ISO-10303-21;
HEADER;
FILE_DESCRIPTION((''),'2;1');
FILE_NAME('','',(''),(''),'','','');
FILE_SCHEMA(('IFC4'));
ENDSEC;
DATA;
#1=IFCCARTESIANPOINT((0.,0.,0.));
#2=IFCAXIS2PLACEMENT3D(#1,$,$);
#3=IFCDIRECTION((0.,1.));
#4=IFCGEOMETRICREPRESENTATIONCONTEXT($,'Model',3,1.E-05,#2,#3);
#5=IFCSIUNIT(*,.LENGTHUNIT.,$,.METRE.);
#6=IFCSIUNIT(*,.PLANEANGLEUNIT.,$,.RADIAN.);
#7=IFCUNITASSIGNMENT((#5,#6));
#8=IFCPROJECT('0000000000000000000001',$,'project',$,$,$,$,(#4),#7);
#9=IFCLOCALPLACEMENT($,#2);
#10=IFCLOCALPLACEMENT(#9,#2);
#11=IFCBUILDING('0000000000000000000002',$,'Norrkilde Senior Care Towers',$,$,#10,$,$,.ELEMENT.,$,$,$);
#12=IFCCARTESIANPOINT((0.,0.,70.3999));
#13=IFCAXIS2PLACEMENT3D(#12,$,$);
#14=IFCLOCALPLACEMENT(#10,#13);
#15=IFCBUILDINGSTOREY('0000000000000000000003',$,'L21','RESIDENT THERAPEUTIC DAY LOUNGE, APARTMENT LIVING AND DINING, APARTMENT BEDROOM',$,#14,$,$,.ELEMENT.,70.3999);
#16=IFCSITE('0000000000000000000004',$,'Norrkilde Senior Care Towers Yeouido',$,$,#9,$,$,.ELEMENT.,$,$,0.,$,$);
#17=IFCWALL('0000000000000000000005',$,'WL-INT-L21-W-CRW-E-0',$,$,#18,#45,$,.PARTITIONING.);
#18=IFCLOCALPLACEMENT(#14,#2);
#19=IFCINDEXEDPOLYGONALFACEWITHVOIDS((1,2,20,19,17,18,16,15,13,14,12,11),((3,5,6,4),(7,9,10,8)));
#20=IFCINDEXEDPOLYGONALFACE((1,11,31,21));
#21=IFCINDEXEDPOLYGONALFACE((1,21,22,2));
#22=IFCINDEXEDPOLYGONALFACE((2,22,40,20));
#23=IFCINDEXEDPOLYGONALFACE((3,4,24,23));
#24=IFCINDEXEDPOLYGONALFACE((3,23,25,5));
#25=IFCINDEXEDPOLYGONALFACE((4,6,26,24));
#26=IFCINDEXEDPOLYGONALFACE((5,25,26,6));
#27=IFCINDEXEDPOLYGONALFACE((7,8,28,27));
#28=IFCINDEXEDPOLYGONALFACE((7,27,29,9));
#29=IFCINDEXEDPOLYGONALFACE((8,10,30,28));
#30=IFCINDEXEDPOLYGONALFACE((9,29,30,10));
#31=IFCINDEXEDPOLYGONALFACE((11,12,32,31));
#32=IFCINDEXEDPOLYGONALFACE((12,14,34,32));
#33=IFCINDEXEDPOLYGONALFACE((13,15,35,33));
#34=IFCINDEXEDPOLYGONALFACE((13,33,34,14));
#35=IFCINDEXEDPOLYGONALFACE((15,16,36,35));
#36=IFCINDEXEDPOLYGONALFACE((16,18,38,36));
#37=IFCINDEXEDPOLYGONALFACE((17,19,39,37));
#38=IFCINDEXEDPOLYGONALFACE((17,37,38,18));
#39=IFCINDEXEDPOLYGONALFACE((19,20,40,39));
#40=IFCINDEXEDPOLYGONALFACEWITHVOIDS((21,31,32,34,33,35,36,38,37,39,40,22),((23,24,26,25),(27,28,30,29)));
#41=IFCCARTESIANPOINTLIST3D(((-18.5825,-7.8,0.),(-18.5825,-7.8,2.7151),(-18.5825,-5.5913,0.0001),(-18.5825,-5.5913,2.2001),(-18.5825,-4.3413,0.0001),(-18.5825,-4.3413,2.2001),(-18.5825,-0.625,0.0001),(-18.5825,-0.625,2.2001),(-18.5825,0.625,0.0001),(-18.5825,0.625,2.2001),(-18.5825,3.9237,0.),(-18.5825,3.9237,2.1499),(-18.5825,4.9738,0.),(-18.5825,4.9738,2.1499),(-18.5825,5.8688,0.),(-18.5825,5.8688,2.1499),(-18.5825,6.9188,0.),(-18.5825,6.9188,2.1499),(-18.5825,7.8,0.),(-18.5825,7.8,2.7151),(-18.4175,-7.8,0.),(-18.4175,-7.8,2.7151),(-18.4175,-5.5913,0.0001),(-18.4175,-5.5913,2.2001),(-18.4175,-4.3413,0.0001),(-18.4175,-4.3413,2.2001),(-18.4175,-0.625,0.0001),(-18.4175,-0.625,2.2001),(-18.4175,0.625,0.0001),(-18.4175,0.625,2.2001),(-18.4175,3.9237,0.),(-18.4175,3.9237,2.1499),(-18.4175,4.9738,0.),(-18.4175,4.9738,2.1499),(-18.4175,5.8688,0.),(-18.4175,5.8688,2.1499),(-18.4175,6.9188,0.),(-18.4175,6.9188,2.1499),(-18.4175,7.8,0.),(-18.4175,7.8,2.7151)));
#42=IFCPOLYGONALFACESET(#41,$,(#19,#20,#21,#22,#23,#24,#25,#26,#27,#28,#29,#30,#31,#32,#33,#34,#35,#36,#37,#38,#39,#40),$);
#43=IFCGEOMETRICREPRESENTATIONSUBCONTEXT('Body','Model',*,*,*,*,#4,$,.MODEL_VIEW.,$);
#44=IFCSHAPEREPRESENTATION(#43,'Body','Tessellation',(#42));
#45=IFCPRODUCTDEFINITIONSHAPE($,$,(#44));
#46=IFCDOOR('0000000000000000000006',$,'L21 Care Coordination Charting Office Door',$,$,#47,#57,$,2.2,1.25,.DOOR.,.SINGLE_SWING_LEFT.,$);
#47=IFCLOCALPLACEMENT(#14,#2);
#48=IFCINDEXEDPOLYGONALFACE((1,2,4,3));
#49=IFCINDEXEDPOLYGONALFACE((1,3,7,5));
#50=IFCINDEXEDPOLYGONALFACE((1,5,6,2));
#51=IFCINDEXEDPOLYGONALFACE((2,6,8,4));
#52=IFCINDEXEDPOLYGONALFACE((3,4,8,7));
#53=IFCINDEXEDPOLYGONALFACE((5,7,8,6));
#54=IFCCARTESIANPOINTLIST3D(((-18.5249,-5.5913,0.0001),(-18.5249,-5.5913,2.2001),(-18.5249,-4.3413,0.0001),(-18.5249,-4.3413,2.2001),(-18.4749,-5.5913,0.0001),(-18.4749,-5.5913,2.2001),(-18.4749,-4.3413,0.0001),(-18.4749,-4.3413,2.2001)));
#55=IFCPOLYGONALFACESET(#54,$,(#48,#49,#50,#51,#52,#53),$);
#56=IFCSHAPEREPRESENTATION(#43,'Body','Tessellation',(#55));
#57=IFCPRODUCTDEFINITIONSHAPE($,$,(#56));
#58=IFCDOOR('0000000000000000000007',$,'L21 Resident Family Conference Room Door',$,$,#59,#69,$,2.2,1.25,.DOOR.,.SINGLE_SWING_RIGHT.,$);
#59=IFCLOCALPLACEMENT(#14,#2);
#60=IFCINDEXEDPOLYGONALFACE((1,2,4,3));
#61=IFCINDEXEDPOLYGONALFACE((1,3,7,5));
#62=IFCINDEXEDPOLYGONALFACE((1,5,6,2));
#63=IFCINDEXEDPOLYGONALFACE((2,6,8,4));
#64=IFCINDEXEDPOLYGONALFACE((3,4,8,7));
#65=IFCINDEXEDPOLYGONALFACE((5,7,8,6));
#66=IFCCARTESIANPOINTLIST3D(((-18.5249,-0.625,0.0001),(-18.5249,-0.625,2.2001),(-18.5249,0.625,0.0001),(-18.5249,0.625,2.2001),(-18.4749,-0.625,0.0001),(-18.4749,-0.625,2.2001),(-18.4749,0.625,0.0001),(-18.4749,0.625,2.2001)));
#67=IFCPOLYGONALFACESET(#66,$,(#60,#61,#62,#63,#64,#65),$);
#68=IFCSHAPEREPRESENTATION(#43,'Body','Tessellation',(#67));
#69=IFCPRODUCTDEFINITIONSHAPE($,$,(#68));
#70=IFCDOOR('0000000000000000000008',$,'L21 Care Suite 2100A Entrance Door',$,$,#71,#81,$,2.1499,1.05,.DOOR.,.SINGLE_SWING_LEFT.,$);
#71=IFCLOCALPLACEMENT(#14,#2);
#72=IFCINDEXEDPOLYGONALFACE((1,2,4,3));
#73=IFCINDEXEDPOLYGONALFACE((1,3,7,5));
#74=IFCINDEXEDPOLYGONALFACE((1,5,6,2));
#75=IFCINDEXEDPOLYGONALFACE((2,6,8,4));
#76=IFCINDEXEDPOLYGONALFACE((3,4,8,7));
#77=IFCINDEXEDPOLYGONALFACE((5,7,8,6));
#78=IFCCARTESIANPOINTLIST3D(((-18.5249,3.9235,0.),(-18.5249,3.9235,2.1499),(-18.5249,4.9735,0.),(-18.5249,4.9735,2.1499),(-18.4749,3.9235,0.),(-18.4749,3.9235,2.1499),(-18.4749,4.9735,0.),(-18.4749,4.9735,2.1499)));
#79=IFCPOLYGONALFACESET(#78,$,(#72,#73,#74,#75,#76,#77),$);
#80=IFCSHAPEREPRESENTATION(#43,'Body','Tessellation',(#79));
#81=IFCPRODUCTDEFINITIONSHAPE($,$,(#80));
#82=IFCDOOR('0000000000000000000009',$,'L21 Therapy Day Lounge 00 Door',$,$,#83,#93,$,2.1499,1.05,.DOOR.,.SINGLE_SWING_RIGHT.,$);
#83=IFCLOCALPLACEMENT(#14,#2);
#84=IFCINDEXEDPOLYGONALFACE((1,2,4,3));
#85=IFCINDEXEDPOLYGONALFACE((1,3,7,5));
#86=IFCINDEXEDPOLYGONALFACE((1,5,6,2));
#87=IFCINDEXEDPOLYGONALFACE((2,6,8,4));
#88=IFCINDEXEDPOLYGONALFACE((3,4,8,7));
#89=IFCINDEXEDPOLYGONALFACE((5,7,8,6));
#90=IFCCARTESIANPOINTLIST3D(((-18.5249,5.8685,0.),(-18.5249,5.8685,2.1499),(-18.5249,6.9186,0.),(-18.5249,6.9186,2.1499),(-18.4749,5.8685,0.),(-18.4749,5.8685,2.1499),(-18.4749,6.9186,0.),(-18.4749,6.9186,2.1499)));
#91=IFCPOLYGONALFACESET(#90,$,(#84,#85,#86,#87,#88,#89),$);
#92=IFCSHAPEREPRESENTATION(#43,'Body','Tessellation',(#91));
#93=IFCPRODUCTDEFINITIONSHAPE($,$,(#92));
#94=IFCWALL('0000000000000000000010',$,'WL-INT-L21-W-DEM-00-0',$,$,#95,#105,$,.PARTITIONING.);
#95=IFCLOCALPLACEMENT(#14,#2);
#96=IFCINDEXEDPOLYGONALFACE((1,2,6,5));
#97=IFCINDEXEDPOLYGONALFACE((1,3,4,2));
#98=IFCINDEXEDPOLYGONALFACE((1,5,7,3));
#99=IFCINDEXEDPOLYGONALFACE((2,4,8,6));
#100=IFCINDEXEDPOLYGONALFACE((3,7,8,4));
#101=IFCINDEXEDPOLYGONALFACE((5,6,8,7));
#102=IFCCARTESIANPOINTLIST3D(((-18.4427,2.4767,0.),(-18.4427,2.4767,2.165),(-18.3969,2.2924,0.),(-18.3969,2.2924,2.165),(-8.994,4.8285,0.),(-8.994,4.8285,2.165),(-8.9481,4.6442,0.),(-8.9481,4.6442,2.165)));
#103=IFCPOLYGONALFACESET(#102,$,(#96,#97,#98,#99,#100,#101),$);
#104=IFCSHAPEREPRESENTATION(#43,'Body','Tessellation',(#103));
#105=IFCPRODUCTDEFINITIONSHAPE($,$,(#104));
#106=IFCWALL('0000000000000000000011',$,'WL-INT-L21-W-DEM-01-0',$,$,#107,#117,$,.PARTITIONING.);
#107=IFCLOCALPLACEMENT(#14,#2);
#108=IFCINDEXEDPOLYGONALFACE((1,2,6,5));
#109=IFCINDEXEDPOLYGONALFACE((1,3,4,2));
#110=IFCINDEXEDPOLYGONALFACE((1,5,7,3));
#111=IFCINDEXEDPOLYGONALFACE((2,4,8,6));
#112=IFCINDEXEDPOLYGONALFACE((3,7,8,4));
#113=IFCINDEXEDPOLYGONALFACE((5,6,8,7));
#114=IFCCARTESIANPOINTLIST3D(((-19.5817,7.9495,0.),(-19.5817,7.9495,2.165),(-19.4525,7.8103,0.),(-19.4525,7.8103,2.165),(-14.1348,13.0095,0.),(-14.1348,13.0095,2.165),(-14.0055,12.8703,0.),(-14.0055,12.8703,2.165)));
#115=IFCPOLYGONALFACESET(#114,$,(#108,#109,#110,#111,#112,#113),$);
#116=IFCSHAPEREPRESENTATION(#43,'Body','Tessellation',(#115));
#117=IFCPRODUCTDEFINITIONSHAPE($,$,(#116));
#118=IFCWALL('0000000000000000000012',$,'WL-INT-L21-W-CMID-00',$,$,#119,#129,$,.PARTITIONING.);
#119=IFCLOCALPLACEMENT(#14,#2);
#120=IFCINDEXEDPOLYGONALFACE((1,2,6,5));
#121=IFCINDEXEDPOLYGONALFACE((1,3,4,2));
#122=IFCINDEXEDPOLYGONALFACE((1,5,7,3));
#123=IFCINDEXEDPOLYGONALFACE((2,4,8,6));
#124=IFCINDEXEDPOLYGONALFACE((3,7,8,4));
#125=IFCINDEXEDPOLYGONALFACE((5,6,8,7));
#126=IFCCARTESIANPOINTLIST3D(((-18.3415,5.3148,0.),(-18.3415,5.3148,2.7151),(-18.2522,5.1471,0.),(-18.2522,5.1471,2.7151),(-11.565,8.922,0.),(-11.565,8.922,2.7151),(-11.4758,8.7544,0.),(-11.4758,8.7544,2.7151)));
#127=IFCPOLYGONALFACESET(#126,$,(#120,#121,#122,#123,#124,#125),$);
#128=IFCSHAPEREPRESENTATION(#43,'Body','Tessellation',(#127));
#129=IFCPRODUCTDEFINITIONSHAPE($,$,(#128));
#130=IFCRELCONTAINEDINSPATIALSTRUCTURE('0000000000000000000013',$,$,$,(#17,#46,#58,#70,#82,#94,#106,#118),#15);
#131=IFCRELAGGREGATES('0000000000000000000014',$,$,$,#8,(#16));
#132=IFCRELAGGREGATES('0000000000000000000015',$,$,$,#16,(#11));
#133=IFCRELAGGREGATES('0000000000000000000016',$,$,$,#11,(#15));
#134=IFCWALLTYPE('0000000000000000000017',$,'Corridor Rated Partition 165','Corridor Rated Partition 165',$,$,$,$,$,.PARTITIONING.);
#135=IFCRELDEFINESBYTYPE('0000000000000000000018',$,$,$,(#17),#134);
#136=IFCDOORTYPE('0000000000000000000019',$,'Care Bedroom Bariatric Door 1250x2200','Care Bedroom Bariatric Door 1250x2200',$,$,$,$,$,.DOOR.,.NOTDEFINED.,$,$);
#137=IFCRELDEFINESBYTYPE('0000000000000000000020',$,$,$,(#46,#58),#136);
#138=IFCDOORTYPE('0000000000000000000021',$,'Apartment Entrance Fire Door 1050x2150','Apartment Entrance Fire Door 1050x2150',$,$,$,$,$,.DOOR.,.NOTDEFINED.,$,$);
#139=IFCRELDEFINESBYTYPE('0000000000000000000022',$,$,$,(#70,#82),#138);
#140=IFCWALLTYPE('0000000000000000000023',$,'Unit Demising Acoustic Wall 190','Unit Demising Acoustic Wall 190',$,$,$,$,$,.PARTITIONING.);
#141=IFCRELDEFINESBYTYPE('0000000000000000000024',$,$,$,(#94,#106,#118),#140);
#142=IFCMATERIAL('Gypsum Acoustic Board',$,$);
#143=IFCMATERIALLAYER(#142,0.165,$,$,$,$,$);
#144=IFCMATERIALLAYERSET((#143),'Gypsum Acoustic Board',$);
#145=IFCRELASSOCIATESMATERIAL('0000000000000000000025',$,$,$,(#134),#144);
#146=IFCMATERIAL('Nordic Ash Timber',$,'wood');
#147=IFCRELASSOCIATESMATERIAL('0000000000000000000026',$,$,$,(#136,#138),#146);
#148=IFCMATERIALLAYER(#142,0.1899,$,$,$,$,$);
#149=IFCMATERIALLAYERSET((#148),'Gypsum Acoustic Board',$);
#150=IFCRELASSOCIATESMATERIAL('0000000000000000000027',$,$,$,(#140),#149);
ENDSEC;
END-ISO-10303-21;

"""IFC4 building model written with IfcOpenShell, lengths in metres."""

from ifc_helpers import new_model, si_unit, direction, frame, frame_2d, origin, place, context, subcontext, project, spatial, rectangle, extrude, source, transform, mapped, material, layer, layer_set, type_object, type_shapes, element, fill, save


model = new_model("IFC4")

# Units and contexts
model_context = context("Model", 3, precision=1e-05, world=origin(), true_north=direction((0.0, 1.0)))
body_context = subcontext(model_context, "Body", "Model", "MODEL_VIEW")
ifc_project = project(units=[si_unit("LENGTHUNIT", "METRE"), si_unit("PLANEANGLEUNIT", "RADIAN")], contexts=[model_context])

# Site, building, storey
site_placement = place(None, origin())
site = spatial("IfcSite", under=ifc_project, at=site_placement, Name="Norrkilde Senior Care Towers Yeouido", CompositionType="ELEMENT", RefElevation=0.0)
building_placement = place(site_placement, origin())
building = spatial("IfcBuilding", under=site, at=building_placement, Name="Norrkilde Senior Care Towers", CompositionType="ELEMENT")
storey_placement = place(building_placement, frame((0.0, 0.0, 70.3999)))
storey = spatial("IfcBuildingStorey", under=building, at=storey_placement, Name="L21", Description="RESIDENT THERAPEUTIC DAY LOUNGE, APARTMENT LIVING AND DINING, APARTMENT BEDROOM", CompositionType="ELEMENT", Elevation=70.3999)

# Wall, openings, doors
ifc_material_1 = material(Name="Gypsum Acoustic Board")
ifc_layer_1 = layer(ifc_material_1, 0.165)
ifc_layer_set_1 = layer_set([ifc_layer_1], Name="Gypsum Acoustic Board")
wall_type_1 = type_object("IfcWallType", Name="Corridor Rated Partition 165", Description="Corridor Rated Partition 165", PredefinedType="PARTITIONING", material=ifc_layer_set_1)
shared_shape_1 = source(origin(), body_context, "Body", "SweptSolid", [
    extrude(rectangle(XDim=15.6001, YDim=0.165, at=frame_2d((7.8, 0.0))), origin(), (0.0, 0.0, 1.0), 2.7151),
])
type_shapes(wall_type_1, [shared_shape_1])
wall_1_placement = place(storey_placement, frame((-18.5, 7.8, 0.0), z_axis=(0.0, 0.0, 1.0), x_axis=(0.0, -1.0, 0.0)))
wall_1 = element("IfcWall", 1, at=wall_1_placement, inside=storey, type_object=wall_type_1, Name="WL-INT-L21-W-CRW-E-0", PredefinedType="PARTITIONING", context=body_context, shape_type="MappedRepresentation", body=[
    mapped(shared_shape_1, transform((0.0, 0.0, 0.0), x_axis=(1.0, 0.0, 0.0), y_axis=(0.0, 1.0, 0.0), z_axis=(0.0, 0.0, 1.0), scale=1.0)),
])
opening_1_placement = place(wall_1_placement, frame((12.1414, 0.0, 0.0)))
opening_1 = element("IfcOpeningElement", 2, at=opening_1_placement, cuts=wall_1, PredefinedType="OPENING", context=body_context, shape_type="SweptSolid", body=[
    extrude(rectangle(XDim=1.25, YDim=2.2, at=frame_2d((0.625, 1.1001))), frame((0.0, 0.0925, 0.0), z_axis=(0.0, -1.0, 0.0), x_axis=(1.0, 0.0, 0.0)), (0.0, 0.0, 1.0), 0.1851),
])
opening_2_placement = place(wall_1_placement, frame((7.175, 0.0, 0.0)))
opening_2 = element("IfcOpeningElement", 3, at=opening_2_placement, cuts=wall_1, PredefinedType="OPENING", context=body_context, shape_type="SweptSolid", body=[
    extrude(rectangle(XDim=1.25, YDim=2.2, at=frame_2d((0.625, 1.1001))), frame((0.0, 0.0925, 0.0), z_axis=(0.0, -1.0, 0.0), x_axis=(1.0, 0.0, 0.0)), (0.0, 0.0, 1.0), 0.1851),
])
opening_3_placement = place(wall_1_placement, frame((2.8264, 0.0, 0.0)))
opening_3 = element("IfcOpeningElement", 4, at=opening_3_placement, cuts=wall_1, PredefinedType="OPENING", context=body_context, shape_type="SweptSolid", body=[
    extrude(rectangle(XDim=1.05, YDim=2.1499, at=frame_2d((0.5249, 1.075))), frame((0.0, 0.0925, 0.0), z_axis=(0.0, -1.0, 0.0), x_axis=(1.0, 0.0, 0.0)), (0.0, 0.0, 1.0), 0.1851),
])
opening_4_placement = place(wall_1_placement, frame((0.8813, 0.0, 0.0)))
opening_4 = element("IfcOpeningElement", 5, at=opening_4_placement, cuts=wall_1, PredefinedType="OPENING", context=body_context, shape_type="SweptSolid", body=[
    extrude(rectangle(XDim=1.05, YDim=2.1499, at=frame_2d((0.5249, 1.075))), frame((0.0, 0.0925, 0.0), z_axis=(0.0, -1.0, 0.0), x_axis=(1.0, 0.0, 0.0)), (0.0, 0.0, 1.0), 0.1851),
])
ifc_material_2 = material(Name="Nordic Ash Timber", Category="wood")
door_type_1 = type_object("IfcDoorType", Name="Care Bedroom Bariatric Door 1250x2200", Description="Care Bedroom Bariatric Door 1250x2200", OperationType="NOTDEFINED", PredefinedType="DOOR", material=ifc_material_2)
shared_shape_2 = source(origin(), body_context, "Body", "SweptSolid", [
    extrude(rectangle(XDim=1.25, YDim=2.2, at=frame_2d((0.625, 1.1001))), frame((0.0, 0.0249, 0.0), z_axis=(0.0, -1.0, 0.0), x_axis=(1.0, 0.0, 0.0)), (0.0, 0.0, 1.0), 0.05),
])
type_shapes(door_type_1, [shared_shape_2])
door_1_placement = place(opening_1_placement, frame((1.25, 0.0, 0.0), z_axis=(0.0, 0.0, 1.0), x_axis=(-1.0, 0.0, 0.0)))
door_1 = element("IfcDoor", 6, at=door_1_placement, inside=storey, type_object=door_type_1, Name="L21 Care Coordination Charting Office Door", OperationType="SINGLE_SWING_LEFT", OverallHeight=2.2, OverallWidth=1.25, PredefinedType="DOOR", context=body_context, shape_type="MappedRepresentation", body=[
    mapped(shared_shape_2, transform((0.0, 0.0, 0.0), x_axis=(1.0, 0.0, 0.0), y_axis=(0.0, 1.0, 0.0), z_axis=(0.0, 0.0, 1.0), scale=1.0)),
])
fill(opening_1, door_1)
door_2_placement = place(opening_2_placement, frame((1.25, 0.0, 0.0), z_axis=(0.0, 0.0, 1.0), x_axis=(-1.0, 0.0, 0.0)))
door_2 = element("IfcDoor", 7, at=door_2_placement, inside=storey, type_object=door_type_1, Name="L21 Resident Family Conference Room Door", OperationType="SINGLE_SWING_RIGHT", OverallHeight=2.2, OverallWidth=1.25, PredefinedType="DOOR", context=body_context, shape_type="MappedRepresentation", body=[
    mapped(shared_shape_2, transform((0.0, 0.0, 0.0), x_axis=(1.0, 0.0, 0.0), y_axis=(0.0, 1.0, 0.0), z_axis=(0.0, 0.0, 1.0), scale=1.0)),
])
fill(opening_2, door_2)
door_type_2 = type_object("IfcDoorType", Name="Apartment Entrance Fire Door 1050x2150", Description="Apartment Entrance Fire Door 1050x2150", OperationType="NOTDEFINED", PredefinedType="DOOR", material=ifc_material_2)
shared_shape_3 = source(origin(), body_context, "Body", "SweptSolid", [
    extrude(rectangle(XDim=1.05, YDim=2.1499, at=frame_2d((0.5249, 1.075))), frame((0.0, 0.0249, 0.0), z_axis=(0.0, -1.0, 0.0), x_axis=(1.0, 0.0, 0.0)), (0.0, 0.0, 1.0), 0.05),
])
type_shapes(door_type_2, [shared_shape_3])
door_3_placement = place(opening_3_placement, frame((1.05, 0.0, 0.0), z_axis=(0.0, 0.0, 1.0), x_axis=(-1.0, 0.0, 0.0)))
door_3 = element("IfcDoor", 8, at=door_3_placement, inside=storey, type_object=door_type_2, Name="L21 Care Suite 2100A Entrance Door", OperationType="SINGLE_SWING_LEFT", OverallHeight=2.1499, OverallWidth=1.05, PredefinedType="DOOR", context=body_context, shape_type="MappedRepresentation", body=[
    mapped(shared_shape_3, transform((0.0, 0.0, 0.0), x_axis=(1.0, 0.0, 0.0), y_axis=(0.0, 1.0, 0.0), z_axis=(0.0, 0.0, 1.0), scale=1.0)),
])
fill(opening_3, door_3)
door_4_placement = place(opening_4_placement, frame((1.05, 0.0, 0.0), z_axis=(0.0, 0.0, 1.0), x_axis=(-1.0, 0.0, 0.0)))
door_4 = element("IfcDoor", 9, at=door_4_placement, inside=storey, type_object=door_type_2, Name="L21 Therapy Day Lounge 00 Door", OperationType="SINGLE_SWING_RIGHT", OverallHeight=2.1499, OverallWidth=1.05, PredefinedType="DOOR", context=body_context, shape_type="MappedRepresentation", body=[
    mapped(shared_shape_3, transform((0.0, 0.0, 0.0), x_axis=(1.0, 0.0, 0.0), y_axis=(0.0, 1.0, 0.0), z_axis=(0.0, 0.0, 1.0), scale=1.0)),
])
fill(opening_4, door_4)

# Walls
ifc_layer_2 = layer(ifc_material_1, 0.1899)
ifc_layer_set_2 = layer_set([ifc_layer_2], Name="Gypsum Acoustic Board")
wall_type_2 = type_object("IfcWallType", Name="Unit Demising Acoustic Wall 190", Description="Unit Demising Acoustic Wall 190", PredefinedType="PARTITIONING", material=ifc_layer_set_2)
shared_shape_4 = source(origin(), body_context, "Body", "SweptSolid", [
    extrude(rectangle(XDim=9.7371, YDim=0.1899, at=frame_2d((4.8687, 0.0))), origin(), (0.0, 0.0, 1.0), 2.165),
])
wall_2_placement = place(storey_placement, frame((-18.4199, 2.3845, 0.0), z_axis=(0.0, 0.0, 1.0), x_axis=(0.970393, 0.241533, 0.0)))
element("IfcWall", 10, at=wall_2_placement, inside=storey, type_object=wall_type_2, Name="WL-INT-L21-W-DEM-00-0", PredefinedType="PARTITIONING", context=body_context, shape_type="MappedRepresentation", body=[
    mapped(shared_shape_4, transform((0.0, 0.0, 0.0), x_axis=(1.0, 0.0, 0.0), y_axis=(0.0, 1.0, 0.0), z_axis=(0.0, 0.0, 1.0), scale=1.0)),
])
shared_shape_5 = source(origin(), body_context, "Body", "SweptSolid", [
    extrude(rectangle(XDim=7.4346, YDim=0.1899, at=frame_2d((3.7173, 0.0))), origin(), (0.0, 0.0, 1.0), 2.165),
])
wall_3_placement = place(storey_placement, frame((-19.5171, 7.8799, 0.0), z_axis=(0.0, 0.0, 1.0), x_axis=(0.732652, 0.680603, 0.0)))
element("IfcWall", 11, at=wall_3_placement, inside=storey, type_object=wall_type_2, Name="WL-INT-L21-W-DEM-01-0", PredefinedType="PARTITIONING", context=body_context, shape_type="MappedRepresentation", body=[
    mapped(shared_shape_5, transform((0.0, 0.0, 0.0), x_axis=(1.0, 0.0, 0.0), y_axis=(0.0, 1.0, 0.0), z_axis=(0.0, 0.0, 1.0), scale=1.0)),
])
shared_shape_6 = source(origin(), body_context, "Body", "SweptSolid", [
    extrude(rectangle(XDim=7.6768, YDim=0.1899, at=frame_2d((3.8384, 0.0))), origin(), (0.0, 0.0, 1.0), 2.7151),
])
type_shapes(wall_type_2, [shared_shape_4, shared_shape_5, shared_shape_6])
wall_4_placement = place(storey_placement, frame((-18.2969, 5.231, 0.0), z_axis=(0.0, 0.0, 1.0), x_axis=(0.882725, 0.46989, 0.0)))
element("IfcWall", 12, at=wall_4_placement, inside=storey, type_object=wall_type_2, Name="WL-INT-L21-W-CMID-00", PredefinedType="PARTITIONING", context=body_context, shape_type="MappedRepresentation", body=[
    mapped(shared_shape_6, transform((0.0, 0.0, 0.0), x_axis=(1.0, 0.0, 0.0), y_axis=(0.0, 1.0, 0.0), z_axis=(0.0, 0.0, 1.0), scale=1.0)),
])

save(model, "model.ifc")
